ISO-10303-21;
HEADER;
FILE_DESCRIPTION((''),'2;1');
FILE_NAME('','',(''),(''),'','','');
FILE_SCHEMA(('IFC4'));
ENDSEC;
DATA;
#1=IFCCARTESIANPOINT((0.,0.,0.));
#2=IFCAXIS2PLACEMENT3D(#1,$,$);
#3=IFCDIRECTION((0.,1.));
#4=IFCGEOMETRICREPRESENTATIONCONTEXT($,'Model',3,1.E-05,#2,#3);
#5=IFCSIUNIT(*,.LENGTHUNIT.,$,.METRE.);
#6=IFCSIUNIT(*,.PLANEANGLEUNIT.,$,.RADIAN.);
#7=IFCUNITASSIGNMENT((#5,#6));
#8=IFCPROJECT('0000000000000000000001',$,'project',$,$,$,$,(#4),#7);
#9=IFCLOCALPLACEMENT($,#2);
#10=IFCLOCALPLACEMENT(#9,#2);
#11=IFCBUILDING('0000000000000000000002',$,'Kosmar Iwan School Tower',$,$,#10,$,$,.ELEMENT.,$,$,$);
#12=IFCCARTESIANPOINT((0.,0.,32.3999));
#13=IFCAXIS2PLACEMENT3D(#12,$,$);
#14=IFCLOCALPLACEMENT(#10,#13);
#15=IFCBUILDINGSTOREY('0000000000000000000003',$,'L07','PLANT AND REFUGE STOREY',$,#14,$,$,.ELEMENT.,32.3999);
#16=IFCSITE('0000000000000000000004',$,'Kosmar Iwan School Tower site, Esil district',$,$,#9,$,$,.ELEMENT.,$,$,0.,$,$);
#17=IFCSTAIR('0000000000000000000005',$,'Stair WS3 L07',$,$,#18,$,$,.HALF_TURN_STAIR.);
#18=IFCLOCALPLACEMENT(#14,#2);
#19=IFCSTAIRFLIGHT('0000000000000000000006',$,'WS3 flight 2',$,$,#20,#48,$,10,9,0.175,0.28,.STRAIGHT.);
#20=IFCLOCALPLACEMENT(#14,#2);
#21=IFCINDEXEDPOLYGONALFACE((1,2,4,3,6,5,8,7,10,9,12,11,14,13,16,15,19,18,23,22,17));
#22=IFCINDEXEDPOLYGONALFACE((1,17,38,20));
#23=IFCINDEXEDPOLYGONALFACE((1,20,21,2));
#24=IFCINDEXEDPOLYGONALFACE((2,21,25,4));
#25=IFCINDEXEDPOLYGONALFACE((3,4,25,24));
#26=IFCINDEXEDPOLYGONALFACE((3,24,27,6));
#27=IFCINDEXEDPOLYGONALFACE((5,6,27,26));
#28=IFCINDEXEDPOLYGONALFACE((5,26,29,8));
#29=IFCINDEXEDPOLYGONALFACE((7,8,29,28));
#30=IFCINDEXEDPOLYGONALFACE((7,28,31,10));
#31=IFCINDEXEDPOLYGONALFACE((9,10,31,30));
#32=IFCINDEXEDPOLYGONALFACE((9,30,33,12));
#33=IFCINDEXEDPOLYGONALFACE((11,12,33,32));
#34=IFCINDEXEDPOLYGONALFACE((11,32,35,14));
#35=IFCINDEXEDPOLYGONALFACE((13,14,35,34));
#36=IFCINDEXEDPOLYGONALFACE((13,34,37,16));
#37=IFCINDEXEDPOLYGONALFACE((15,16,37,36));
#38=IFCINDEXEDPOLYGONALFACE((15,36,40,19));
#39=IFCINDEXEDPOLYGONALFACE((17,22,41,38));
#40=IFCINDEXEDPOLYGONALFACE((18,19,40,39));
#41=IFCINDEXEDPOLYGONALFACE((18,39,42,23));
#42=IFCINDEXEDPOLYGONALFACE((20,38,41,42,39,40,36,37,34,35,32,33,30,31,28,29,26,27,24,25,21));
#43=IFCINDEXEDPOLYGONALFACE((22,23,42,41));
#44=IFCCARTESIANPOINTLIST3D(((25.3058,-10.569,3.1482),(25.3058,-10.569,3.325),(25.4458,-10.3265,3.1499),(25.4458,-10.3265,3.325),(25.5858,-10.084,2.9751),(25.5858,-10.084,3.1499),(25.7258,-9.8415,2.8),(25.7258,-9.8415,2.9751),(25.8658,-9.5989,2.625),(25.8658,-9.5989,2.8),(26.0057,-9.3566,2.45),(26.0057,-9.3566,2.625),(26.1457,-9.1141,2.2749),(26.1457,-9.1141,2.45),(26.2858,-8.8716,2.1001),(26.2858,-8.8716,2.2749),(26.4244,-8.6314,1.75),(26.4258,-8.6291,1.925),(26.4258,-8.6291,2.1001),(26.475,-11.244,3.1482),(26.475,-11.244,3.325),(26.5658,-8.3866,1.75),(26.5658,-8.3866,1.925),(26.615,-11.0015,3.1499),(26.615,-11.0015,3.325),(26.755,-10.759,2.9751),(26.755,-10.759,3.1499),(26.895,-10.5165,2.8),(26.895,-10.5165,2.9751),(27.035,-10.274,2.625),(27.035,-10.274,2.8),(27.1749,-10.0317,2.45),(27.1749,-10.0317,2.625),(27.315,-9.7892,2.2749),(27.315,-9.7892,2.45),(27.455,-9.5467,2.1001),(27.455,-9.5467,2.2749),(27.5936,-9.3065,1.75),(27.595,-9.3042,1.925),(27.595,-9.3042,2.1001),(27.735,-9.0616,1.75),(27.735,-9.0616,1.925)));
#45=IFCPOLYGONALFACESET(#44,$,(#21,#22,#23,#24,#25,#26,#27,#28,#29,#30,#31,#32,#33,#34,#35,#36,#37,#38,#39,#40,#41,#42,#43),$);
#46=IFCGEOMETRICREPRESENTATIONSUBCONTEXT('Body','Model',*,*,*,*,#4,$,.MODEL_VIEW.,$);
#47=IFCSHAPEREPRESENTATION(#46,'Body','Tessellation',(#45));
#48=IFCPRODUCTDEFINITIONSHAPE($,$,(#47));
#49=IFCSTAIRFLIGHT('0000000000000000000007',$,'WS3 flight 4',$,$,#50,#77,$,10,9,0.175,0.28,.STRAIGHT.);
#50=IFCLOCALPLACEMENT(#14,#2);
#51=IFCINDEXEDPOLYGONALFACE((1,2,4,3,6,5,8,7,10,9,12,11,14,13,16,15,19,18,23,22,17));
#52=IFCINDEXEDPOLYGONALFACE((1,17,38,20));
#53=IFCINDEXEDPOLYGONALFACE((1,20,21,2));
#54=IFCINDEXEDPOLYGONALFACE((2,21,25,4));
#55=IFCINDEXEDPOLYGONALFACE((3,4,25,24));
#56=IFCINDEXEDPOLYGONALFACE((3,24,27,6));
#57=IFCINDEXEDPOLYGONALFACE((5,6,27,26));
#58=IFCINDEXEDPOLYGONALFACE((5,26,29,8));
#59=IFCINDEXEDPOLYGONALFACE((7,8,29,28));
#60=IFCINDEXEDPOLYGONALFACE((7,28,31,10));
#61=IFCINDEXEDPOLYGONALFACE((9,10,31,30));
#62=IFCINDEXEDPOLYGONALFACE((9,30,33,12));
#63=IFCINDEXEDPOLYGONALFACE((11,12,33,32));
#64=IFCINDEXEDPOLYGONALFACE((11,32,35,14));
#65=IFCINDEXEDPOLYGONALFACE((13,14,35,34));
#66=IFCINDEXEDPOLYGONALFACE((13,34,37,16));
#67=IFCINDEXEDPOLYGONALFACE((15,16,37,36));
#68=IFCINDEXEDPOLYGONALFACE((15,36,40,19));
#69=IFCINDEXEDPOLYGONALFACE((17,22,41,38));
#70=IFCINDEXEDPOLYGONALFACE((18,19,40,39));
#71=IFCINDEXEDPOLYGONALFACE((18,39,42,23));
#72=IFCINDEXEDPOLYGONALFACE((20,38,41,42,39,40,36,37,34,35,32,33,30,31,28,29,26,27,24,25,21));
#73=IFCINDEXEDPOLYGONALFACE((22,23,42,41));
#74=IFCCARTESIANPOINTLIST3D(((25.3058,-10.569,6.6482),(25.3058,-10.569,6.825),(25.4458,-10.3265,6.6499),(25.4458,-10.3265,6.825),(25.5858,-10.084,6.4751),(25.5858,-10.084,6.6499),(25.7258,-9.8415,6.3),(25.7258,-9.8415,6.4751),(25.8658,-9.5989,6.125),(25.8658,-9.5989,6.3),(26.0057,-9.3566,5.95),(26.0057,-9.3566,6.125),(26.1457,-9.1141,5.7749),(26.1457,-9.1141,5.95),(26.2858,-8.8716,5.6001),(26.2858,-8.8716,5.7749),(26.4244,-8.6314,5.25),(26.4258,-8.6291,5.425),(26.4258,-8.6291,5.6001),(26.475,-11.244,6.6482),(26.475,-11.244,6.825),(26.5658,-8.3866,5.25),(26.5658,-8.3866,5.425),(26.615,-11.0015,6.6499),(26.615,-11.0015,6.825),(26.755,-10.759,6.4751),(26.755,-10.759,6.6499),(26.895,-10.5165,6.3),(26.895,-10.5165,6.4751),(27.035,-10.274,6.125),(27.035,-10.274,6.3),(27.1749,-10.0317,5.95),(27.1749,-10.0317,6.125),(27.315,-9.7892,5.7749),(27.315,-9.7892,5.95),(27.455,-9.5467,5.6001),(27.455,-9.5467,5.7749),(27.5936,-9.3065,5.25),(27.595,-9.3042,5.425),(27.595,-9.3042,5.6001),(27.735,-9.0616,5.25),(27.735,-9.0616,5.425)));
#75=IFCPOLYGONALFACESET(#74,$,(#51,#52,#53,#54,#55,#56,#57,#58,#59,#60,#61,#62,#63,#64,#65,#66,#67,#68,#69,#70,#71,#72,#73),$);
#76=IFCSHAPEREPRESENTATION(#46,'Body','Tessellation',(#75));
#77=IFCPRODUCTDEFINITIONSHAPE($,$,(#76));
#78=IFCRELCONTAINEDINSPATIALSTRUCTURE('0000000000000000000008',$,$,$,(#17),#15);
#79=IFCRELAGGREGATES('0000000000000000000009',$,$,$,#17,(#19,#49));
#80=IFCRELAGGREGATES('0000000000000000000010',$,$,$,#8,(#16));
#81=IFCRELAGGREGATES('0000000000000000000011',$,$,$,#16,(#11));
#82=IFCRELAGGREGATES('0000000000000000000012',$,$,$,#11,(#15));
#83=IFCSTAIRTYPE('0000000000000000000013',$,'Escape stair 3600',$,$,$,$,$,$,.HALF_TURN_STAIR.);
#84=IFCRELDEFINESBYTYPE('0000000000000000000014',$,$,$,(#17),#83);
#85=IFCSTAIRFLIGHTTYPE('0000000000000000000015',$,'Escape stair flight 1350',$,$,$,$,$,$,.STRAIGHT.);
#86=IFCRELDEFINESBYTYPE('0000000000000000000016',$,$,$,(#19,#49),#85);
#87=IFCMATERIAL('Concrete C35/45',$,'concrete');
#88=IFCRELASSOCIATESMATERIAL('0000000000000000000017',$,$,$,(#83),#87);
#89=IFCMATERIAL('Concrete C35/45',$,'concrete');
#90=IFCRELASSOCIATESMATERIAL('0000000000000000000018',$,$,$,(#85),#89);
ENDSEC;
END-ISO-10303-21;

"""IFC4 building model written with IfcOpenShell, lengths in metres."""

from ifc_helpers import new_model, si_unit, direction, frame, origin, place, context, subcontext, project, spatial, polyline, outline, extrude, material, type_object, element, aggregate, save


model = new_model("IFC4")

# Units and contexts
model_context = context("Model", 3, precision=1e-05, world=origin(), true_north=direction((0.0, 1.0)))
body_context = subcontext(model_context, "Body", "Model", "MODEL_VIEW")
ifc_project = project(units=[si_unit("LENGTHUNIT", "METRE"), si_unit("PLANEANGLEUNIT", "RADIAN")], contexts=[model_context])

# Site, building, storey
site_placement = place(None, origin())
site = spatial("IfcSite", under=ifc_project, at=site_placement, Name="Kosmar Iwan School Tower site, Esil district", CompositionType="ELEMENT", RefElevation=0.0)
building_placement = place(site_placement, origin())
building = spatial("IfcBuilding", under=site, at=building_placement, Name="Kosmar Iwan School Tower", CompositionType="ELEMENT")
storey_placement = place(building_placement, frame((0.0, 0.0, 32.3999)))
storey = spatial("IfcBuildingStorey", under=building, at=storey_placement, Name="L07", Description="PLANT AND REFUGE STOREY", CompositionType="ELEMENT", Elevation=32.3999)

# Stair, stair flights
ifc_material_1 = material(Name="Concrete C35/45", Category="concrete")
stair_type = type_object("IfcStairType", Name="Escape stair 3600", PredefinedType="HALF_TURN_STAIR", material=ifc_material_1)
stair_placement = place(storey_placement, origin())
stair = element("IfcStair", 1, at=stair_placement, inside=storey, type_object=stair_type, Name="Stair WS3 L07", PredefinedType="HALF_TURN_STAIR")
ifc_material_2 = material(Name="Concrete C35/45", Category="concrete")
stair_flight_type = type_object("IfcStairFlightType", Name="Escape stair flight 1350", PredefinedType="STRAIGHT", material=ifc_material_2)
stair_flight_1_placement = place(storey_placement, frame((27.1504, -8.7241, 1.75), z_axis=(0.0, 0.0, 1.0), x_axis=(-0.5, -0.866025, 0.0)))
stair_flight_1 = element("IfcStairFlight", 2, at=stair_flight_1_placement, type_object=stair_flight_type, Name="WS3 flight 2", NumberOfRisers=10, NumberOfTreads=9, PredefinedType="STRAIGHT", RiserHeight=0.175, TreadLength=0.28, context=body_context, shape_type="SweptSolid", body=[
    extrude(outline(polyline([(0.0, 0.0), (0.0, 0.175), (0.28, 0.175), (0.28, 0.3501), (0.5601, 0.3501), (0.5601, 0.5249), (0.8401, 0.5249), (0.8401, 0.7), (1.1201, 0.7), (1.1201, 0.875), (1.3999, 0.875), (1.3999, 1.05), (1.6799, 1.05), (1.6799, 1.2251), (1.96, 1.2251), (1.96, 1.3999), (2.24, 1.3999), (2.24, 1.575), (2.52, 1.575), (2.52, 1.75), (2.52, 1.3982), (0.2827, 0.0), (0.0, 0.0)])), frame((0.0, 0.675, 0.0), z_axis=(0.0, -1.0, 0.0), x_axis=(1.0, 0.0, 0.0)), (0.0, 0.0, 1.0), 1.3501),
])
stair_flight_2_placement = place(storey_placement, frame((27.1504, -8.7241, 5.25), z_axis=(0.0, 0.0, 1.0), x_axis=(-0.5, -0.866025, 0.0)))
stair_flight_2 = element("IfcStairFlight", 3, at=stair_flight_2_placement, type_object=stair_flight_type, Name="WS3 flight 4", NumberOfRisers=10, NumberOfTreads=9, PredefinedType="STRAIGHT", RiserHeight=0.175, TreadLength=0.28, context=body_context, shape_type="SweptSolid", body=[
    extrude(outline(polyline([(0.0, 0.0), (0.0, 0.175), (0.28, 0.175), (0.28, 0.3501), (0.5601, 0.3501), (0.5601, 0.5249), (0.8401, 0.5249), (0.8401, 0.7), (1.1201, 0.7), (1.1201, 0.875), (1.3999, 0.875), (1.3999, 1.05), (1.6799, 1.05), (1.6799, 1.2251), (1.96, 1.2251), (1.96, 1.3999), (2.24, 1.3999), (2.24, 1.575), (2.52, 1.575), (2.52, 1.75), (2.52, 1.3982), (0.2827, 0.0), (0.0, 0.0)])), frame((0.0, 0.675, 0.0), z_axis=(0.0, -1.0, 0.0), x_axis=(1.0, 0.0, 0.0)), (0.0, 0.0, 1.0), 1.3501),
])
aggregate(stair, [stair_flight_1, stair_flight_2])

save(model, "model.ifc")
